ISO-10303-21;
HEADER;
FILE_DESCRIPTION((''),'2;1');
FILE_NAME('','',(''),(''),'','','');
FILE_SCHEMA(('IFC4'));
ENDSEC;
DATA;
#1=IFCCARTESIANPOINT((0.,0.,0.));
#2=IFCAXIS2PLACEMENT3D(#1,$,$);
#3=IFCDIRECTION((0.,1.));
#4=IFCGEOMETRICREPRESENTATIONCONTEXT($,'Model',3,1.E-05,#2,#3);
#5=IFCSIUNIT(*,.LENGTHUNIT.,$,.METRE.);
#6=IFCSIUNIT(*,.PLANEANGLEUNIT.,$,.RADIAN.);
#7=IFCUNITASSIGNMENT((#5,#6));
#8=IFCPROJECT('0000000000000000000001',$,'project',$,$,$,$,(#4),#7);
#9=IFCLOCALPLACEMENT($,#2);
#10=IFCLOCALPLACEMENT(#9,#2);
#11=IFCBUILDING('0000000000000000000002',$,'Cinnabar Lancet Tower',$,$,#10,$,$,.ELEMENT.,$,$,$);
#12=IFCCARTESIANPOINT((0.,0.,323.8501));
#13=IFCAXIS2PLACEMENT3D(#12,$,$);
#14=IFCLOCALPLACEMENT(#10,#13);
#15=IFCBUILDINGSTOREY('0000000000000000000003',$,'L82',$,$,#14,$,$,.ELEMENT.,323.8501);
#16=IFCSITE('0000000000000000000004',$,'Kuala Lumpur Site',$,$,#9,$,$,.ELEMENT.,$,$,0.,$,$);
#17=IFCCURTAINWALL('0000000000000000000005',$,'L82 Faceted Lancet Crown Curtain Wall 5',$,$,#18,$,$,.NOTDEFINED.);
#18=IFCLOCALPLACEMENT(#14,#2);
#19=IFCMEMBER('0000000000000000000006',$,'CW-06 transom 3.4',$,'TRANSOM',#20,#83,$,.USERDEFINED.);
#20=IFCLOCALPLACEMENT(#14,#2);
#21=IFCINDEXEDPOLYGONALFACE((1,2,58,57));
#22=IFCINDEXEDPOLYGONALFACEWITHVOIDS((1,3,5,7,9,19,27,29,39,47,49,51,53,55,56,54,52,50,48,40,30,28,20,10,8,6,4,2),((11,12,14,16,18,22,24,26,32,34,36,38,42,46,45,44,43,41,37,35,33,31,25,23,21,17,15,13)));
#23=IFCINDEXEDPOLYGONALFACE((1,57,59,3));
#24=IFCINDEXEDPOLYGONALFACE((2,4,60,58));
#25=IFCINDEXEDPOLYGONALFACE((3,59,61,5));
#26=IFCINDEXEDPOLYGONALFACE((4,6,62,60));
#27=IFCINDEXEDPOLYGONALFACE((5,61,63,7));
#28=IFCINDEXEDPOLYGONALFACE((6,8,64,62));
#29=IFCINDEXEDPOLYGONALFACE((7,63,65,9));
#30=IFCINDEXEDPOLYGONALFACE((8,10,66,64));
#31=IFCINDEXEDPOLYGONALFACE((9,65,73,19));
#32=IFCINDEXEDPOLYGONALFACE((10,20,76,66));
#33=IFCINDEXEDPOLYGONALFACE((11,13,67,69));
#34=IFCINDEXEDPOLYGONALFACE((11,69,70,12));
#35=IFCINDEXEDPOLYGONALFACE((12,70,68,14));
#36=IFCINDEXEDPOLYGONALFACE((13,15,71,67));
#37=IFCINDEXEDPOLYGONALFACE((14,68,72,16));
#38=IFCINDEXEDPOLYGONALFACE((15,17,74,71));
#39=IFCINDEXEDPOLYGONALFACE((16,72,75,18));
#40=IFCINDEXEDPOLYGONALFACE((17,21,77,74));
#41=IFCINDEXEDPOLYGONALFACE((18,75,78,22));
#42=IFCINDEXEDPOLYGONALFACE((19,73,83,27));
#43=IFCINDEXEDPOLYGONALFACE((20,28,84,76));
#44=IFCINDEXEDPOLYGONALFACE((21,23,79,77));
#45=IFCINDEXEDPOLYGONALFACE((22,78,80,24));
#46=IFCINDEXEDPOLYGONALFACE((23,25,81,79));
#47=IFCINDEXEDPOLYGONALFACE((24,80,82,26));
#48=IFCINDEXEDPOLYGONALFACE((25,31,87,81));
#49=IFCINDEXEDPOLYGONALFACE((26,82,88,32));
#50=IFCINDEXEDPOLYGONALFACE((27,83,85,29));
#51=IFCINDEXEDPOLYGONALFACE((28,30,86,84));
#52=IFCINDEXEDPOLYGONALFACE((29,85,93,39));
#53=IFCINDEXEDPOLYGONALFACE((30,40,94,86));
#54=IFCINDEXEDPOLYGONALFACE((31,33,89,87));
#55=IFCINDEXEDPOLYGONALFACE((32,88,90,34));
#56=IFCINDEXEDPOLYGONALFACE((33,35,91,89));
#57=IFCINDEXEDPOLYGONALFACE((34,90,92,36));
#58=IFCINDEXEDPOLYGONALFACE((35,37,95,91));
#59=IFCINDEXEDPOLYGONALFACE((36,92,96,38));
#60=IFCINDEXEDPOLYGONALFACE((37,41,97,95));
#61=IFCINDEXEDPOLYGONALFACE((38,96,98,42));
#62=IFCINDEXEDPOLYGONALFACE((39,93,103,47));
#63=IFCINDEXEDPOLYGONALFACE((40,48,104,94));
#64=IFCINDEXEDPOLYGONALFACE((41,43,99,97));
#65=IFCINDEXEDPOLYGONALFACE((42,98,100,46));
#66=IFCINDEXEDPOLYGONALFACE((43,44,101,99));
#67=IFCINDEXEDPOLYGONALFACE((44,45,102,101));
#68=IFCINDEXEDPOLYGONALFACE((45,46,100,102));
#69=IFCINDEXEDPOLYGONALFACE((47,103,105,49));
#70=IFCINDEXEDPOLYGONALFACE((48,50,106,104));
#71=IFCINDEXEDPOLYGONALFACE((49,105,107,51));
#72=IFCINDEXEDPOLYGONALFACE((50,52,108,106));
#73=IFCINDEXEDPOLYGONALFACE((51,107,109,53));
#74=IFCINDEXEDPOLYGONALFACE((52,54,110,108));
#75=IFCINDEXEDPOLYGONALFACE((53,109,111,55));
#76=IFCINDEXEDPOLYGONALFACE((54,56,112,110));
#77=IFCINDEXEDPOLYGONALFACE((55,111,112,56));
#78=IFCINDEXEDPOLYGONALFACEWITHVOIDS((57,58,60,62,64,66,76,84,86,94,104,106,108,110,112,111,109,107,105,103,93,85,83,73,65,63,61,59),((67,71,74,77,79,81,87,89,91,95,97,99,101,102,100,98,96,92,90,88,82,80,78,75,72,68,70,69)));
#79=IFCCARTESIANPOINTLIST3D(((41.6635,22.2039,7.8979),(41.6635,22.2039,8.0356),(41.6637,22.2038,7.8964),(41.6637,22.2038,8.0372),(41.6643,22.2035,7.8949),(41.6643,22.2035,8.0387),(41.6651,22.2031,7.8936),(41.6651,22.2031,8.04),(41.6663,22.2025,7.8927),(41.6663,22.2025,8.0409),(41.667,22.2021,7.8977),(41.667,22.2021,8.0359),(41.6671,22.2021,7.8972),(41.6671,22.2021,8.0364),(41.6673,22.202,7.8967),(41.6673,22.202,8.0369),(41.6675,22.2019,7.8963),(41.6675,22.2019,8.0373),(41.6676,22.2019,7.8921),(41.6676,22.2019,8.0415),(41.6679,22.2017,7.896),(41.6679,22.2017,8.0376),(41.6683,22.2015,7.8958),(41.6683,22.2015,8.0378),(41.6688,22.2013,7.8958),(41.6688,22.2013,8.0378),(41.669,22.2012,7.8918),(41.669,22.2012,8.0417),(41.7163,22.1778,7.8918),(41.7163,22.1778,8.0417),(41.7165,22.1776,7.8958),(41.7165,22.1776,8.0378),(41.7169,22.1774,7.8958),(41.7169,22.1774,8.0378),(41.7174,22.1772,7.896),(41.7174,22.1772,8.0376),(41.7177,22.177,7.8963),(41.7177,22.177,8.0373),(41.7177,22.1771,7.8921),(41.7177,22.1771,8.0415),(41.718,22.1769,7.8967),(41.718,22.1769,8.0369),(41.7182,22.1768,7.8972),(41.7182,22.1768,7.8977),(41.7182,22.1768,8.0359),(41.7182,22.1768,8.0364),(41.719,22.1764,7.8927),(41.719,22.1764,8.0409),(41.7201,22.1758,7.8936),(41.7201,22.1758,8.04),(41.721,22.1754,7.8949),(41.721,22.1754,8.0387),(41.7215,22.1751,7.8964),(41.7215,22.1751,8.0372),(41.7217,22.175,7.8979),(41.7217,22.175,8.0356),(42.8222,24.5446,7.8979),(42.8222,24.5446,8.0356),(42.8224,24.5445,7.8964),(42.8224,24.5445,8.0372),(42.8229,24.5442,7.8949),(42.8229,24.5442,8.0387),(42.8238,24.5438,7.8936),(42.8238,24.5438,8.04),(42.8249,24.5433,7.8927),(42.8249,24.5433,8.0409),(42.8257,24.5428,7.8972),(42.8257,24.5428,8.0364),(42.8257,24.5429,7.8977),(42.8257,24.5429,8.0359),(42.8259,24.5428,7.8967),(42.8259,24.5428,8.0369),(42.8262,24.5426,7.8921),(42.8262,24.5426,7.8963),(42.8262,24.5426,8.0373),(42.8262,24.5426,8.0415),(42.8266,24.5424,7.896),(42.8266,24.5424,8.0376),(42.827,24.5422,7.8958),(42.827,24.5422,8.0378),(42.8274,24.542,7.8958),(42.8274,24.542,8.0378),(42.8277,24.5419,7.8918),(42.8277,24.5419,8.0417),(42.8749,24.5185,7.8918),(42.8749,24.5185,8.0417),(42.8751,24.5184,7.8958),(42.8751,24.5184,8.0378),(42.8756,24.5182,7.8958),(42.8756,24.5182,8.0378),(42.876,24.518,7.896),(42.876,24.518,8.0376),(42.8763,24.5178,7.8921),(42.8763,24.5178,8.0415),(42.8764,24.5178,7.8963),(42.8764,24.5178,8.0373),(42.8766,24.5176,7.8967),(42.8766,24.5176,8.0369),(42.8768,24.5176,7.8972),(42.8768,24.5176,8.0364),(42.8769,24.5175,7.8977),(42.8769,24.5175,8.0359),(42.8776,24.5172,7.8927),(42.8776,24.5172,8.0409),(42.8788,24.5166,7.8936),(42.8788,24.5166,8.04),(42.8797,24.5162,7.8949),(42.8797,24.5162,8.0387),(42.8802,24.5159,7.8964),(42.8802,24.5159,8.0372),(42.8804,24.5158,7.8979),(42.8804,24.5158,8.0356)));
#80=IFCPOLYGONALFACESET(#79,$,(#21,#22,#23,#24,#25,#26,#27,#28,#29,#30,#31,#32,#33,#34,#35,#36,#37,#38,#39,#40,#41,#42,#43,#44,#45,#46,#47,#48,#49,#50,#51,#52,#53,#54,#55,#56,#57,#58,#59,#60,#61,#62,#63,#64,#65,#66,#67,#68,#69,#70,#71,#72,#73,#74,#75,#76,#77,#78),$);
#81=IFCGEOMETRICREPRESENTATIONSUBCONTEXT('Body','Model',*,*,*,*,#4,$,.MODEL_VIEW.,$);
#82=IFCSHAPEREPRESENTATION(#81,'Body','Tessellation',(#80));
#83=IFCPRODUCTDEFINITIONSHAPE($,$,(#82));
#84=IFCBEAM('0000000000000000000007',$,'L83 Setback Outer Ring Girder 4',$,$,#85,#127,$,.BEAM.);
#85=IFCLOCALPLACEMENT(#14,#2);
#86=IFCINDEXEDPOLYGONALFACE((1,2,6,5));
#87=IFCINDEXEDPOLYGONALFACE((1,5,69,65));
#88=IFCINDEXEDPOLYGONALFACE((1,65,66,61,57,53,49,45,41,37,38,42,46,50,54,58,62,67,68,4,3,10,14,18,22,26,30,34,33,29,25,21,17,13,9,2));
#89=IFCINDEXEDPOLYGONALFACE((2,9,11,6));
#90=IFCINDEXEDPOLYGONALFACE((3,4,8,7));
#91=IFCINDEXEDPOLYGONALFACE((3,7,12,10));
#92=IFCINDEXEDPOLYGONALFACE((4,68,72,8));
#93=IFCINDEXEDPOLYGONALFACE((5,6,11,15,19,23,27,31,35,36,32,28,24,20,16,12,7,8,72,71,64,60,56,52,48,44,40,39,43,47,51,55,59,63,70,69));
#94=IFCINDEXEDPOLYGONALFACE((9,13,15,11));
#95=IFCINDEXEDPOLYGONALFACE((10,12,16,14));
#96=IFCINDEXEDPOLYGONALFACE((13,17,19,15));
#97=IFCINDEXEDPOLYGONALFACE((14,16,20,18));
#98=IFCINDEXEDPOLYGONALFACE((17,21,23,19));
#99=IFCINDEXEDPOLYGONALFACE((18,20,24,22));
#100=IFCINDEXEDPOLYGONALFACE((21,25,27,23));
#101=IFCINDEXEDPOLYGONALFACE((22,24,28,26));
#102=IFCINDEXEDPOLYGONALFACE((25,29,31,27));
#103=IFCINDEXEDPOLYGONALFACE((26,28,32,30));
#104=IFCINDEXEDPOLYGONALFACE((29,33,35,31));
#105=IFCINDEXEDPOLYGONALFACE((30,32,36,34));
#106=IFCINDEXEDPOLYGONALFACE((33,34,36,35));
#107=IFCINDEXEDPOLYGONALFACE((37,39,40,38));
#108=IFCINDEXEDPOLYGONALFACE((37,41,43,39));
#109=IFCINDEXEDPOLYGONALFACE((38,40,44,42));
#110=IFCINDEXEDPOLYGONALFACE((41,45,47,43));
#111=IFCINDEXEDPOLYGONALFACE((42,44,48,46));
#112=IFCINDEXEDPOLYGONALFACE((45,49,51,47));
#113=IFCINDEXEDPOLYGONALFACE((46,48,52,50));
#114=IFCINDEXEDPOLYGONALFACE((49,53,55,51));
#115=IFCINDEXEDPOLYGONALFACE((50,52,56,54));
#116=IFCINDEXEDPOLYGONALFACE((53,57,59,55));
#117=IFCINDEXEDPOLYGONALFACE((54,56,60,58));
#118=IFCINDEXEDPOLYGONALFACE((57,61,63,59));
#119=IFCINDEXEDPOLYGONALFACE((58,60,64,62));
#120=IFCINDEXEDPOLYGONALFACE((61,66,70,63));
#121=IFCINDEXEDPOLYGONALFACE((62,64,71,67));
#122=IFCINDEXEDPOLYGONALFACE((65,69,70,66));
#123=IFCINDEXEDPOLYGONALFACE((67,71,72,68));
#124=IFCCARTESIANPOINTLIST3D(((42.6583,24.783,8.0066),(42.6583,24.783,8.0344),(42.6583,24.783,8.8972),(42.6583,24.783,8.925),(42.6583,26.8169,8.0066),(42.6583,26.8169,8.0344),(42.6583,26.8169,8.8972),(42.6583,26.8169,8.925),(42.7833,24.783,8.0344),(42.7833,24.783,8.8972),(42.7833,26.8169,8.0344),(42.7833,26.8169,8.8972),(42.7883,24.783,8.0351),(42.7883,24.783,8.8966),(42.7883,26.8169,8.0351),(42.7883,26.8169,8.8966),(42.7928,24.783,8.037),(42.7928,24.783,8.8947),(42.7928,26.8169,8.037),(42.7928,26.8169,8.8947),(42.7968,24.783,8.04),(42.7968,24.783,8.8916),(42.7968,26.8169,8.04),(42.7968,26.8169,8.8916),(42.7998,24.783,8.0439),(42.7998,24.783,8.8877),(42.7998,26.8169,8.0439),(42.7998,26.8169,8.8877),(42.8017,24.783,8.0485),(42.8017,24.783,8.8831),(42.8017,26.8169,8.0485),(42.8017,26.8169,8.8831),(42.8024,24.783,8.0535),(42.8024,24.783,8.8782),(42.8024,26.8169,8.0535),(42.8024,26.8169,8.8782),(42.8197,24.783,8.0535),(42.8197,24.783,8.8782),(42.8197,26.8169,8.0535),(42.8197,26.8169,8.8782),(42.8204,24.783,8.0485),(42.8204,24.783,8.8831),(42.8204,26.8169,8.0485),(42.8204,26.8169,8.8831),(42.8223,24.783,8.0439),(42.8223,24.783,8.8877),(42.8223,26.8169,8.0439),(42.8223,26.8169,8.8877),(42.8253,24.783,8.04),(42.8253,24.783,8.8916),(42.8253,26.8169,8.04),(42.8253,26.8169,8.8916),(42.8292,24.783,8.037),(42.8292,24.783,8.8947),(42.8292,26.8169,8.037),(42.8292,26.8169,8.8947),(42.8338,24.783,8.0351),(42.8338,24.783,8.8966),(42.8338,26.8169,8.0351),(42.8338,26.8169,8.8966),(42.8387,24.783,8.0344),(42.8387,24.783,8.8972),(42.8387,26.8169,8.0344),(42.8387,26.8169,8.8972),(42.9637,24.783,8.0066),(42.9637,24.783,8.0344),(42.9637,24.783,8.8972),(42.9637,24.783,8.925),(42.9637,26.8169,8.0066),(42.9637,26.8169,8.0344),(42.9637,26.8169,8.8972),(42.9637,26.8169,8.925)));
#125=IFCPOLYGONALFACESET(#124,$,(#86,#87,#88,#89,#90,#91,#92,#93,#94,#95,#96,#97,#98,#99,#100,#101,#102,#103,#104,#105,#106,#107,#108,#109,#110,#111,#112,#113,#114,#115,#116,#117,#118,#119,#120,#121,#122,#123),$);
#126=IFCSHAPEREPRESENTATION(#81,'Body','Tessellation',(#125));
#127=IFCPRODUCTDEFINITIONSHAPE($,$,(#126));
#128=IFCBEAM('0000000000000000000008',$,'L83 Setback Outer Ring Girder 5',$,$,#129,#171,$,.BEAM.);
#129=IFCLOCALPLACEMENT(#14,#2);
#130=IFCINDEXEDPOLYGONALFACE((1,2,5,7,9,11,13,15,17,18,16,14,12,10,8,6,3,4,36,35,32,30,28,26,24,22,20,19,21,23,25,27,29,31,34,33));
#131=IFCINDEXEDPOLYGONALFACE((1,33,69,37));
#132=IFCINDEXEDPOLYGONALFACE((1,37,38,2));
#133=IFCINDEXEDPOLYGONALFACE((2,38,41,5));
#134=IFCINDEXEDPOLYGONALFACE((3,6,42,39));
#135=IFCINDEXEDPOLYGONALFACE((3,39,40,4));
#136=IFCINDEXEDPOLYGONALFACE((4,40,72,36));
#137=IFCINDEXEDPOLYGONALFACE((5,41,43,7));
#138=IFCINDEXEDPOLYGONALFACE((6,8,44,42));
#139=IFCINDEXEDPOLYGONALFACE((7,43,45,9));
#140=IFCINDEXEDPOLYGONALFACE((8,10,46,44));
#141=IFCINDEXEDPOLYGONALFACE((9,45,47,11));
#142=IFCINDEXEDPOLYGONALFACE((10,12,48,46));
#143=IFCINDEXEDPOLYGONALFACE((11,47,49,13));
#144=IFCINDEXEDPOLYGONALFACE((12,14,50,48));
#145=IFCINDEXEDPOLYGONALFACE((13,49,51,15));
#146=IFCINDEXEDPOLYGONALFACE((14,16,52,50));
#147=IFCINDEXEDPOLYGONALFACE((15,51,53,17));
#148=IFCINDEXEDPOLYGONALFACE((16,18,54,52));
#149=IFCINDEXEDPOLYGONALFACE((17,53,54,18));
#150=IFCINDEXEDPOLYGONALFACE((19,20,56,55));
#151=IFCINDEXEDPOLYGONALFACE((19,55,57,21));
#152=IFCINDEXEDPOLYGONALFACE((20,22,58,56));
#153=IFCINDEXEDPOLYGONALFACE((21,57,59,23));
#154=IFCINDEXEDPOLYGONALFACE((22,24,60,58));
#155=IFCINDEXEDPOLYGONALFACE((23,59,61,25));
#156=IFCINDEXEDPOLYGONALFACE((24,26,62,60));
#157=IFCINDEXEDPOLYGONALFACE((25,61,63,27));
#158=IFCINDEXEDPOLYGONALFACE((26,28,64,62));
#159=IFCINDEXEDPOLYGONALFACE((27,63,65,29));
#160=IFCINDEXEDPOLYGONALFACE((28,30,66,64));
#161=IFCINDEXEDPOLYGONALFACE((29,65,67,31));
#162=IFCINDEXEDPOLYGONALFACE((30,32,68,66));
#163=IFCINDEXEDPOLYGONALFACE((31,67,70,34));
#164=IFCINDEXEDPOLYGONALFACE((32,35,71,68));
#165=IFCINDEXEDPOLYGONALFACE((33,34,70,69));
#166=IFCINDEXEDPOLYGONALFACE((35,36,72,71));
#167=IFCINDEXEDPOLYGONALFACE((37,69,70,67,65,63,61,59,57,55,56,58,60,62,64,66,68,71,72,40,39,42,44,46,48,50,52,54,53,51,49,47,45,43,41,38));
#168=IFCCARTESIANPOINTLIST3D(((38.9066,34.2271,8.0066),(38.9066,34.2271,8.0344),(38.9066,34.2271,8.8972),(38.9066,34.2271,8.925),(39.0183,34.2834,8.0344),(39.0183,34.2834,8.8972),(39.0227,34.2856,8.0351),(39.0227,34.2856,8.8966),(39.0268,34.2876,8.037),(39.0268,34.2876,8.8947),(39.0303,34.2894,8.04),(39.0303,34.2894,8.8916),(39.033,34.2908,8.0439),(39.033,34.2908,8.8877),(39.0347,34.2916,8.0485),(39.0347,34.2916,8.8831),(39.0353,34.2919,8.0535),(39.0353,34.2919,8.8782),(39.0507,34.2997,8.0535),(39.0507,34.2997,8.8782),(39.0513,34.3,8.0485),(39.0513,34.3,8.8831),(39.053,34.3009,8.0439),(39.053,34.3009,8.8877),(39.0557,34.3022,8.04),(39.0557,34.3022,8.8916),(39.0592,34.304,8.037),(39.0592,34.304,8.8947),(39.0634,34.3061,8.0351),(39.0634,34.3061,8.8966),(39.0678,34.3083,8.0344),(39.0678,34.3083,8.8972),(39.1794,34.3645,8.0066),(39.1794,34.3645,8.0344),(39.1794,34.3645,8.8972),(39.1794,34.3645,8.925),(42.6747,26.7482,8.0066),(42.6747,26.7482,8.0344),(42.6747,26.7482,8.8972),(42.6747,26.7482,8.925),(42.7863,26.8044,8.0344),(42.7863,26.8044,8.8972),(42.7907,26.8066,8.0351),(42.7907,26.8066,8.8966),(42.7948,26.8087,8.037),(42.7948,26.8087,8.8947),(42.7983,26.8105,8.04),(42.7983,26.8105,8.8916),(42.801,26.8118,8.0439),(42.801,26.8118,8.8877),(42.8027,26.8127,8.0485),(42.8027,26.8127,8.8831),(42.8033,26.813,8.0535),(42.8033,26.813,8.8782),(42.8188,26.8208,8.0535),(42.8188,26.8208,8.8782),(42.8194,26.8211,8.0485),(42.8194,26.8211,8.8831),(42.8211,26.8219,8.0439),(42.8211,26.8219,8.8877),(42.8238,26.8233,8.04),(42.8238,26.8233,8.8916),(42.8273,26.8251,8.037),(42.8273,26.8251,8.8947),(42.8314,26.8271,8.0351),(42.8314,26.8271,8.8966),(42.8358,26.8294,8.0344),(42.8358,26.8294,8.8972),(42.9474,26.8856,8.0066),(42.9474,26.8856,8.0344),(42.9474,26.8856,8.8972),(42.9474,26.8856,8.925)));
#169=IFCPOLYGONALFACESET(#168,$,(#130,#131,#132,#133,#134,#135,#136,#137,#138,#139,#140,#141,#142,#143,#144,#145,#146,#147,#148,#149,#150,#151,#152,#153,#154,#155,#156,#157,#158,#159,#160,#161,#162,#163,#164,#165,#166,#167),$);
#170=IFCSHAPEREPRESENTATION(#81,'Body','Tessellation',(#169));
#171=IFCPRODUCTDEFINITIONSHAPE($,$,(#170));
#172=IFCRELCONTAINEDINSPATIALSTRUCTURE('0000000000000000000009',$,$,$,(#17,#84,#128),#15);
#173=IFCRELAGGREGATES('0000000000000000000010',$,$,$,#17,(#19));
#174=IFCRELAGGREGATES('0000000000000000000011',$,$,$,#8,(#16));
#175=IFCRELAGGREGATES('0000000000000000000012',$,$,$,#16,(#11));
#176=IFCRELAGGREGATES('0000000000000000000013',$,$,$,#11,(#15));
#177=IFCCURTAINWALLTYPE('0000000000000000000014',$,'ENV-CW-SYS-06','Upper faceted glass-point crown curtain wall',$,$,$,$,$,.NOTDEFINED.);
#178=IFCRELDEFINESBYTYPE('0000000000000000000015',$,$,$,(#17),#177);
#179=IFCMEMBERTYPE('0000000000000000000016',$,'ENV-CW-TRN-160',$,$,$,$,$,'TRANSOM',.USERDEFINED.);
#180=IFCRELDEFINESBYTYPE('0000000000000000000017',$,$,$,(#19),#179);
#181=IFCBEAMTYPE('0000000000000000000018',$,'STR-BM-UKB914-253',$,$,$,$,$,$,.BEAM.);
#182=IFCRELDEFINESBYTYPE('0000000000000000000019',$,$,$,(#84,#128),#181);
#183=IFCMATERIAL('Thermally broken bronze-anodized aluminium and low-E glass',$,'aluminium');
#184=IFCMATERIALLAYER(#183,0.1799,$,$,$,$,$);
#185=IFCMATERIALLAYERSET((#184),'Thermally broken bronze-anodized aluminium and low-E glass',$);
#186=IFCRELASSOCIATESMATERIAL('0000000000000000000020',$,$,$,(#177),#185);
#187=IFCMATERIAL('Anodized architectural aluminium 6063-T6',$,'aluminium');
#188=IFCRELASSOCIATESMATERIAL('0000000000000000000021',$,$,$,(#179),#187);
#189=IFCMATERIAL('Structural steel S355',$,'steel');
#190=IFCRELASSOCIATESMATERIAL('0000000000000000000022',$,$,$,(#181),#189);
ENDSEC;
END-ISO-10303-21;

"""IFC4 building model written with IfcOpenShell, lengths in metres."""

from ifc_helpers import new_model, si_unit, direction, frame, origin, origin_2d, place, context, subcontext, project, spatial, hollow_rectangle, i_section, extrude, material, layer, layer_set, material_profile, profile_set, type_object, element, aggregate, save


model = new_model("IFC4")

# Units and contexts
model_context = context("Model", 3, precision=1e-05, world=origin(), true_north=direction((0.0, 1.0)))
body_context = subcontext(model_context, "Body", "Model", "MODEL_VIEW")
ifc_project = project(units=[si_unit("LENGTHUNIT", "METRE"), si_unit("PLANEANGLEUNIT", "RADIAN")], contexts=[model_context])

# Site, building, storey
site_placement = place(None, origin())
site = spatial("IfcSite", under=ifc_project, at=site_placement, Name="Kuala Lumpur Site", CompositionType="ELEMENT", RefElevation=0.0)
building_placement = place(site_placement, origin())
building = spatial("IfcBuilding", under=site, at=building_placement, Name="Cinnabar Lancet Tower", CompositionType="ELEMENT")
storey_placement = place(building_placement, frame((0.0, 0.0, 323.8501)))
storey = spatial("IfcBuildingStorey", under=building, at=storey_placement, Name="L82", CompositionType="ELEMENT", Elevation=323.8501)

# Curtain wall, member
ifc_material_1 = material(Name="Thermally broken bronze-anodized aluminium and low-E glass", Category="aluminium")
ifc_layer_1 = layer(ifc_material_1, 0.1799)
ifc_layer_set_1 = layer_set([ifc_layer_1], Name="Thermally broken bronze-anodized aluminium and low-E glass")
curtain_wall_type = type_object("IfcCurtainWallType", Name="ENV-CW-SYS-06", Description="Upper faceted glass-point crown curtain wall", PredefinedType="NOTDEFINED", material=ifc_layer_set_1)
curtain_wall_placement = place(storey_placement, origin())
curtain_wall = element("IfcCurtainWall", 1, at=curtain_wall_placement, inside=storey, type_object=curtain_wall_type, Name="L82 Faceted Lancet Crown Curtain Wall 5", PredefinedType="NOTDEFINED")
ifc_material_2 = material(Name="Anodized architectural aluminium 6063-T6", Category="aluminium")
ifc_material_profile_1 = material_profile(ifc_material_2, hollow_rectangle(XDim=0.0649, YDim=0.1499, WallThickness=0.0039, InnerFilletRadius=0.002, OuterFilletRadius=0.0061, at=origin_2d()), Name="CW-TRN 150x65x4")
ifc_profile_set_1 = profile_set([ifc_material_profile_1], Name="Anodized architectural aluminium 6063-T6")
member_type_1 = type_object("IfcMemberType", Name="ENV-CW-TRN-160", ElementType="TRANSOM", PredefinedType="USERDEFINED", material=ifc_profile_set_1)
member_1_placement = place(storey_placement, frame((41.6926, 22.1895, 7.9668), z_axis=(0.443621, 0.896215, 0.0), x_axis=(-0.896215, 0.443621, 0.0)))
member_1 = element("IfcMember", 2, at=member_1_placement, type_object=member_type_1, Name="CW-06 transom 3.4", ObjectType="TRANSOM", PredefinedType="USERDEFINED", context=body_context, shape_type="SweptSolid", body=[
    extrude(hollow_rectangle(XDim=0.0649, YDim=0.1499, WallThickness=0.0039, InnerFilletRadius=0.002, OuterFilletRadius=0.0061, at=origin_2d()), origin(), (0.0, 0.0, 1.0), 2.6118),
])

# Beams
ifc_material_3 = material(Name="Structural steel S355", Category="steel")
ifc_material_profile_2 = material_profile(ifc_material_3, i_section(OverallWidth=0.3054, OverallDepth=0.9185, WebThickness=0.0173, FlangeThickness=0.0278, FilletRadius=0.019, at=origin_2d()), Name="UKB 914x305x253")
ifc_profile_set_2 = profile_set([ifc_material_profile_2], Name="Structural steel S355")
beam_type = type_object("IfcBeamType", Name="STR-BM-UKB914-253", PredefinedType="BEAM", material=ifc_profile_set_2)
beam_1_placement = place(storey_placement, frame((42.811, 24.783, 8.4658), z_axis=(0.0, 1.0, 0.0), x_axis=(-1.0, 0.0, 0.0)))
element("IfcBeam", 3, at=beam_1_placement, inside=storey, type_object=beam_type, Name="L83 Setback Outer Ring Girder 4", PredefinedType="BEAM", context=body_context, shape_type="SweptSolid", body=[
    extrude(i_section(OverallWidth=0.3054, OverallDepth=0.9185, WebThickness=0.0173, FlangeThickness=0.0278, FilletRadius=0.019, at=origin_2d()), origin(), (0.0, 0.0, 1.0), 2.0339),
])
beam_2_placement = place(storey_placement, frame((42.811, 26.8169, 8.4658), z_axis=(-0.44994, 0.893059, 0.0), x_axis=(-0.893059, -0.44994, 0.0)))
element("IfcBeam", 4, at=beam_2_placement, inside=storey, type_object=beam_type, Name="L83 Setback Outer Ring Girder 5", PredefinedType="BEAM", context=body_context, shape_type="SweptSolid", body=[
    extrude(i_section(OverallWidth=0.3054, OverallDepth=0.9185, WebThickness=0.0173, FlangeThickness=0.0278, FilletRadius=0.019, at=origin_2d()), origin(), (0.0, 0.0, 1.0), 8.3745),
])

aggregate(curtain_wall, [member_1])

save(model, "model.ifc")
